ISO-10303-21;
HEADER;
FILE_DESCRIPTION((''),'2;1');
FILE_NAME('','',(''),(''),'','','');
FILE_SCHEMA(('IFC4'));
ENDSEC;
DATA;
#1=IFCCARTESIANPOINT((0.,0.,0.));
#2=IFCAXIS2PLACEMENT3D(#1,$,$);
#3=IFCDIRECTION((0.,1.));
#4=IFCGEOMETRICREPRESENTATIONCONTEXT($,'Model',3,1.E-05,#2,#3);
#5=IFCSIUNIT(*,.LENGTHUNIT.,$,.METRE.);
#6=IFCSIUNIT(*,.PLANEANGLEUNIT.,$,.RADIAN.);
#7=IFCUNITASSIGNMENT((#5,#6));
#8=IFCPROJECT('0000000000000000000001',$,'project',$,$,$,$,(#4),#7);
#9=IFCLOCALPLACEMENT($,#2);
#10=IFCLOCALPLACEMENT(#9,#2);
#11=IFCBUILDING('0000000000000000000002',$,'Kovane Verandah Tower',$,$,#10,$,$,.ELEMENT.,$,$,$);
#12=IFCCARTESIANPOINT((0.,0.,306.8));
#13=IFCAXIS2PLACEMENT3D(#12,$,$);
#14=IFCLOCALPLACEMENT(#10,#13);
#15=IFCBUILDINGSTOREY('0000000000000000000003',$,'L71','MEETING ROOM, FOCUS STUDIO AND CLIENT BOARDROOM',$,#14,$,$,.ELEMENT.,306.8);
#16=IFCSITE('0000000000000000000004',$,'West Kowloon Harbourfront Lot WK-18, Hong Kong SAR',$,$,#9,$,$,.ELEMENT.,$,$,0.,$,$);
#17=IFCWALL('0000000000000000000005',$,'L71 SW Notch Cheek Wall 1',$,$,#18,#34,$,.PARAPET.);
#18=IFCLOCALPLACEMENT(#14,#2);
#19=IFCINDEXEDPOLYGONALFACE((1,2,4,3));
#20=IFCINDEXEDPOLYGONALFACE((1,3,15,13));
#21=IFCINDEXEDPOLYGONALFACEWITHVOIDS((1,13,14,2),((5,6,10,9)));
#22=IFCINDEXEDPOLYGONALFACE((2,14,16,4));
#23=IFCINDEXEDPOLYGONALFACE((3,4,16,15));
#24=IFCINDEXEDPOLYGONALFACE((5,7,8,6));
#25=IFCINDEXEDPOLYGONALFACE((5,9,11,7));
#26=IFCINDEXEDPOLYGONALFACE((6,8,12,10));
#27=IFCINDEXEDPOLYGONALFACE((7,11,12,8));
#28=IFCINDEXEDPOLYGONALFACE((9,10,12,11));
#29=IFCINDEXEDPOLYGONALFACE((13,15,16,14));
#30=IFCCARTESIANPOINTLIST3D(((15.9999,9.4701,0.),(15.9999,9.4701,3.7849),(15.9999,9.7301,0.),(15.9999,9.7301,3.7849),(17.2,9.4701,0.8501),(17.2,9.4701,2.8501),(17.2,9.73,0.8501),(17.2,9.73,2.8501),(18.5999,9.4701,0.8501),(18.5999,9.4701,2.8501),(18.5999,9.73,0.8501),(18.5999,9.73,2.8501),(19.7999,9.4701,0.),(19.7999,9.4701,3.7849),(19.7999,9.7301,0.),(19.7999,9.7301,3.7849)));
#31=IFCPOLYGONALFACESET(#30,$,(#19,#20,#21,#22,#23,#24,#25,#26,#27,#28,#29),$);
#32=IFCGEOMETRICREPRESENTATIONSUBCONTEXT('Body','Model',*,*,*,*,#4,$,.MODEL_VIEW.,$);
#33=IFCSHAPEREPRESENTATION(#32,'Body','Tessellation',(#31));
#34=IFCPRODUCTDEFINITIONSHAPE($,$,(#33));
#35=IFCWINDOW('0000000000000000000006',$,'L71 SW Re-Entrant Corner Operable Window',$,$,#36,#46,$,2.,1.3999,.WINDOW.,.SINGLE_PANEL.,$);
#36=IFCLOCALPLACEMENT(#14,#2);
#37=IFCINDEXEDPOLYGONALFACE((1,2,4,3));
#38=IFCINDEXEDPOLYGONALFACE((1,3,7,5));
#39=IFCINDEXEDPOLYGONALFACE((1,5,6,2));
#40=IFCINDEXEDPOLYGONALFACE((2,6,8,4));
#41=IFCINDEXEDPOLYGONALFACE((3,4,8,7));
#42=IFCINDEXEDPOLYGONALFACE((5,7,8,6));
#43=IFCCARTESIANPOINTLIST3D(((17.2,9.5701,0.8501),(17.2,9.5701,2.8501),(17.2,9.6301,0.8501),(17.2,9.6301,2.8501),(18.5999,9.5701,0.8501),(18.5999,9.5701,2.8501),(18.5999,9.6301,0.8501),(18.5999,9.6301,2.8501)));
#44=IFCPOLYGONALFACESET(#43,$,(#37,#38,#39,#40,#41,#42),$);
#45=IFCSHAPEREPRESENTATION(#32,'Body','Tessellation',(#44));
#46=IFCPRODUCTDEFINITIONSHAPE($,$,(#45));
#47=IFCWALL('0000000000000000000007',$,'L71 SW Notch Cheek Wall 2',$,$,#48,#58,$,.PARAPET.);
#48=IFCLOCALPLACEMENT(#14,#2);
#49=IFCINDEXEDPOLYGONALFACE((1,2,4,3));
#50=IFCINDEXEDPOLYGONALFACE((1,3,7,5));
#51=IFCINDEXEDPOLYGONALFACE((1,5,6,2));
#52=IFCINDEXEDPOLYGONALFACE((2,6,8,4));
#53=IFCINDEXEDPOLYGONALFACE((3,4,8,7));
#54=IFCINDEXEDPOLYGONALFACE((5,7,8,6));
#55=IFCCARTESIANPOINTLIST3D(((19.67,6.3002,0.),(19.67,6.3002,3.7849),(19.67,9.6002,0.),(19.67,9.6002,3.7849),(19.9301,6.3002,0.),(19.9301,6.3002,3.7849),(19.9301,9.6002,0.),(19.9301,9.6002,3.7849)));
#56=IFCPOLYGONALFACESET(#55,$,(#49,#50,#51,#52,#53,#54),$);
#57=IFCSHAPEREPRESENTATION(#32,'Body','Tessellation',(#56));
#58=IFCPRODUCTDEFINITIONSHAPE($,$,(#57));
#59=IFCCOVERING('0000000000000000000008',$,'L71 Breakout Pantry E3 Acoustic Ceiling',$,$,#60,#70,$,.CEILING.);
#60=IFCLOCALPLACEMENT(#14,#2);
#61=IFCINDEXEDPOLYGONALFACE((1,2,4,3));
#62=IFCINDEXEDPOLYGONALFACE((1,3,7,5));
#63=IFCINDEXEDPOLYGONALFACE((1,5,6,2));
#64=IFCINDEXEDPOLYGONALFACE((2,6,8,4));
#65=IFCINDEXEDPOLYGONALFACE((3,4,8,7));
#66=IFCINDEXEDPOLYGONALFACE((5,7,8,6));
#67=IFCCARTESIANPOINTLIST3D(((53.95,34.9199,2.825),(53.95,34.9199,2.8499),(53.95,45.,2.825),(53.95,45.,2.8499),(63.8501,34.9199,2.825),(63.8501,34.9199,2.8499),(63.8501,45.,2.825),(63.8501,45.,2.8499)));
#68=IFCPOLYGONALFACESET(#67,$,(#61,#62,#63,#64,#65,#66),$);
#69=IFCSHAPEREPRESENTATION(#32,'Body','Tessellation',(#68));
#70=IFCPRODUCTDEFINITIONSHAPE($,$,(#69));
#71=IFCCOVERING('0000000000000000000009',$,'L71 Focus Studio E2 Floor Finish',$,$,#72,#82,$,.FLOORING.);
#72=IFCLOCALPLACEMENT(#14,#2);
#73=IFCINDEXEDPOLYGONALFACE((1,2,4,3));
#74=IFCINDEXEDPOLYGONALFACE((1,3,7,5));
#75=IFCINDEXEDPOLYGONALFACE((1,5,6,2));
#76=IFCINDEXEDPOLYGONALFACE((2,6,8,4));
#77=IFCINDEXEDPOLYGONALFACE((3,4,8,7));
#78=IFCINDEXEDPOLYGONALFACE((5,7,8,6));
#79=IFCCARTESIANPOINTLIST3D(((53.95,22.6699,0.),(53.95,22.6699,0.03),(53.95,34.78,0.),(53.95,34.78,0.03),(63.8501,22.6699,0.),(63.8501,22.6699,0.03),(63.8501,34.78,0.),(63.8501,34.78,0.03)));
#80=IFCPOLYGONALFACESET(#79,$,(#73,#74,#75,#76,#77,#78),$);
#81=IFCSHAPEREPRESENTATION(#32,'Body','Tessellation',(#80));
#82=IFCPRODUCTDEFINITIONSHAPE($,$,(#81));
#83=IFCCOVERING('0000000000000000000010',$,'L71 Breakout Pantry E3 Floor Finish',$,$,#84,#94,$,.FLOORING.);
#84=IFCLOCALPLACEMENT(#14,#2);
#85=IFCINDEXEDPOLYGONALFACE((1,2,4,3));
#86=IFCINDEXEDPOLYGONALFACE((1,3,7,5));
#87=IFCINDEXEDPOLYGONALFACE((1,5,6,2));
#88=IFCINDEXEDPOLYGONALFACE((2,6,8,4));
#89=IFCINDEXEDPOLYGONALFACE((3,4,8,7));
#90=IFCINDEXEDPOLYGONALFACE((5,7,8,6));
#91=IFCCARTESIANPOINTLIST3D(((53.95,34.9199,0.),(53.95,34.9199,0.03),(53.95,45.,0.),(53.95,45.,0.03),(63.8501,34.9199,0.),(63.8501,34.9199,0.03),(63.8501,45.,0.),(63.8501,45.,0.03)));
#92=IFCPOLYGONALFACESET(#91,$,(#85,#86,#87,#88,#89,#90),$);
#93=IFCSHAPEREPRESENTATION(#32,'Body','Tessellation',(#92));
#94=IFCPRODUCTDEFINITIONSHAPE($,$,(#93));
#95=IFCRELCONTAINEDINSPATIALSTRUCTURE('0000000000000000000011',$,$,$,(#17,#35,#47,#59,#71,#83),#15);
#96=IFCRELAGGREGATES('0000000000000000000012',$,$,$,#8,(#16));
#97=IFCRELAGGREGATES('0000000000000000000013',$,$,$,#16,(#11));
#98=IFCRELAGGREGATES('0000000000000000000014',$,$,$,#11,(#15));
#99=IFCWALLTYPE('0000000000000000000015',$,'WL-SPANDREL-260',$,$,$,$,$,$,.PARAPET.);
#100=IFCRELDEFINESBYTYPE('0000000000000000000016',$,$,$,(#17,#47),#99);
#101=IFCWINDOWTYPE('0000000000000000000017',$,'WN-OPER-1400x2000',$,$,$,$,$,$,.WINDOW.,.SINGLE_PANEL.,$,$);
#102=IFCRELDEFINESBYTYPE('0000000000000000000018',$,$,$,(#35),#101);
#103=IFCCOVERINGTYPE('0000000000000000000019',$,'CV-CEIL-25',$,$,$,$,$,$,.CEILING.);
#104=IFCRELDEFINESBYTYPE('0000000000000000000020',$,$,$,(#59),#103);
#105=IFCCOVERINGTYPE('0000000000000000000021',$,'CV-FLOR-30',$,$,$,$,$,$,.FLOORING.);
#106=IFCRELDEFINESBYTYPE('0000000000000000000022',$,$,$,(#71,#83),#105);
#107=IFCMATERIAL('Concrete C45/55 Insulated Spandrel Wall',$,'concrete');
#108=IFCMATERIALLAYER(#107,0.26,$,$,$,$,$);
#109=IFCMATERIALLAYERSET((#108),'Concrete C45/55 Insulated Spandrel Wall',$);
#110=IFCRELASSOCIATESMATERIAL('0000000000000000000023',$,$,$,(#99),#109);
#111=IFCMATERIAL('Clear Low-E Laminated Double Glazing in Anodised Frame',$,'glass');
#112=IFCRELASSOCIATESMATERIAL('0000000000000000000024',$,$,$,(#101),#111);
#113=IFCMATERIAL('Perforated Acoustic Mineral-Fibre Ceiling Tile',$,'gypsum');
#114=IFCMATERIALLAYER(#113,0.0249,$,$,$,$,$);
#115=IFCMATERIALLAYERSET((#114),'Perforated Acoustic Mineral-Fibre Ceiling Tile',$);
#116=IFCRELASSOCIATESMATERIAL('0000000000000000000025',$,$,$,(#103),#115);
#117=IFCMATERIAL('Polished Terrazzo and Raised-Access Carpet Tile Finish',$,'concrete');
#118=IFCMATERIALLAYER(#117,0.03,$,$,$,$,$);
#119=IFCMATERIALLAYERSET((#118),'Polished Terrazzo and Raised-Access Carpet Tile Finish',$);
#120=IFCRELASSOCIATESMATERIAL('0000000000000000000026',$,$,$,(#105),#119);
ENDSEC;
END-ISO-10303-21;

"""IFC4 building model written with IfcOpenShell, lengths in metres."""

from ifc_helpers import new_model, si_unit, direction, frame, frame_2d, origin, place, context, subcontext, project, spatial, polyline, rectangle, outline, extrude, material, layer, layer_set, type_object, element, fill, save


model = new_model("IFC4")

# Units and contexts
model_context = context("Model", 3, precision=1e-05, world=origin(), true_north=direction((0.0, 1.0)))
body_context = subcontext(model_context, "Body", "Model", "MODEL_VIEW")
ifc_project = project(units=[si_unit("LENGTHUNIT", "METRE"), si_unit("PLANEANGLEUNIT", "RADIAN")], contexts=[model_context])

# Site, building, storey
site_placement = place(None, origin())
site = spatial("IfcSite", under=ifc_project, at=site_placement, Name="West Kowloon Harbourfront Lot WK-18, Hong Kong SAR", CompositionType="ELEMENT", RefElevation=0.0)
building_placement = place(site_placement, origin())
building = spatial("IfcBuilding", under=site, at=building_placement, Name="Kovane Verandah Tower", CompositionType="ELEMENT")
storey_placement = place(building_placement, frame((0.0, 0.0, 306.8)))
storey = spatial("IfcBuildingStorey", under=building, at=storey_placement, Name="L71", Description="MEETING ROOM, FOCUS STUDIO AND CLIENT BOARDROOM", CompositionType="ELEMENT", Elevation=306.8)

# Shared definitions
ifc_material_1 = material(Name="Concrete C45/55 Insulated Spandrel Wall", Category="concrete")
ifc_layer_1 = layer(ifc_material_1, 0.26)
ifc_layer_set_1 = layer_set([ifc_layer_1], Name="Concrete C45/55 Insulated Spandrel Wall")
wall_type_1 = type_object("IfcWallType", Name="WL-SPANDREL-260", PredefinedType="PARAPET", material=ifc_layer_set_1)
ifc_material_2 = material(Name="Clear Low-E Laminated Double Glazing in Anodised Frame", Category="glass")

# Wall, opening, window
wall_1_placement = place(storey_placement, frame((16.0, 9.6001, 0.0), z_axis=(0.0, 0.0, 1.0), x_axis=(1.0, 0.0, 0.0)))
wall_1 = element("IfcWall", 1, at=wall_1_placement, inside=storey, type_object=wall_type_1, Name="L71 SW Notch Cheek Wall 1", PredefinedType="PARAPET", context=body_context, shape_type="SweptSolid", body=[
    extrude(rectangle(XDim=3.8, YDim=0.26, at=frame_2d((1.8999, 0.0))), origin(), (0.0, 0.0, 1.0), 3.7849),
])
opening_1_placement = place(wall_1_placement, frame((1.2, 0.0, 0.8501)))
opening_1 = element("IfcOpeningElement", 2, at=opening_1_placement, cuts=wall_1, PredefinedType="OPENING", context=body_context, shape_type="SweptSolid", body=[
    extrude(rectangle(XDim=1.3999, YDim=2.0, at=frame_2d((0.7, 1.0))), frame((0.0, 0.1299, 0.0), z_axis=(0.0, -1.0, 0.0), x_axis=(1.0, 0.0, 0.0)), (0.0, 0.0, 1.0), 0.26),
])
window_type_1 = type_object("IfcWindowType", Name="WN-OPER-1400x2000", PartitioningType="SINGLE_PANEL", PredefinedType="WINDOW", material=ifc_material_2)
window_1_placement = place(opening_1_placement, origin())
window_1 = element("IfcWindow", 3, at=window_1_placement, inside=storey, type_object=window_type_1, Name="L71 SW Re-Entrant Corner Operable Window", OverallHeight=2.0, OverallWidth=1.3999, PartitioningType="SINGLE_PANEL", PredefinedType="WINDOW", context=body_context, shape_type="SweptSolid", body=[
    extrude(rectangle(XDim=1.3999, YDim=2.0, at=frame_2d((0.7, 1.0))), frame((0.0, 0.03, 0.0), z_axis=(0.0, -1.0, 0.0), x_axis=(1.0, 0.0, 0.0)), (0.0, 0.0, 1.0), 0.0601),
])
fill(opening_1, window_1)

# Wall
wall_2_placement = place(storey_placement, frame((19.8, 9.6001, 0.0), z_axis=(0.0, 0.0, 1.0), x_axis=(0.0, -1.0, 0.0)))
element("IfcWall", 4, at=wall_2_placement, inside=storey, type_object=wall_type_1, Name="L71 SW Notch Cheek Wall 2", PredefinedType="PARAPET", context=body_context, shape_type="SweptSolid", body=[
    extrude(rectangle(XDim=3.3, YDim=0.26, at=frame_2d((1.6499, 0.0))), origin(), (0.0, 0.0, 1.0), 3.7849),
])

# Coverings
ifc_material_3 = material(Name="Perforated Acoustic Mineral-Fibre Ceiling Tile", Category="gypsum")
ifc_layer_2 = layer(ifc_material_3, 0.0249)
ifc_layer_set_2 = layer_set([ifc_layer_2], Name="Perforated Acoustic Mineral-Fibre Ceiling Tile")
covering_type_1 = type_object("IfcCoveringType", Name="CV-CEIL-25", PredefinedType="CEILING", material=ifc_layer_set_2)
covering_1_placement = place(storey_placement, frame((0.0, 0.0, 2.825)))
element("IfcCovering", 5, at=covering_1_placement, inside=storey, type_object=covering_type_1, Name="L71 Breakout Pantry E3 Acoustic Ceiling", PredefinedType="CEILING", context=body_context, shape_type="SweptSolid", body=[
    extrude(outline(polyline([(53.95, 34.9199), (63.8501, 34.9199), (63.8501, 45.0), (53.95, 45.0), (53.95, 34.9199)])), origin(), (0.0, 0.0, 1.0), 0.0249),
])
ifc_material_4 = material(Name="Polished Terrazzo and Raised-Access Carpet Tile Finish", Category="concrete")
ifc_layer_3 = layer(ifc_material_4, 0.03)
ifc_layer_set_3 = layer_set([ifc_layer_3], Name="Polished Terrazzo and Raised-Access Carpet Tile Finish")
covering_type_2 = type_object("IfcCoveringType", Name="CV-FLOR-30", PredefinedType="FLOORING", material=ifc_layer_set_3)
covering_2_placement = place(storey_placement, origin())
element("IfcCovering", 6, at=covering_2_placement, inside=storey, type_object=covering_type_2, Name="L71 Focus Studio E2 Floor Finish", PredefinedType="FLOORING", context=body_context, shape_type="SweptSolid", body=[
    extrude(outline(polyline([(53.95, 22.6699), (63.8501, 22.6699), (63.8501, 34.78), (53.95, 34.78), (53.95, 22.6699)])), origin(), (0.0, 0.0, 1.0), 0.03),
])
covering_3_placement = place(storey_placement, origin())
element("IfcCovering", 7, at=covering_3_placement, inside=storey, type_object=covering_type_2, Name="L71 Breakout Pantry E3 Floor Finish", PredefinedType="FLOORING", context=body_context, shape_type="SweptSolid", body=[
    extrude(outline(polyline([(53.95, 34.9199), (63.8501, 34.9199), (63.8501, 45.0), (53.95, 45.0), (53.95, 34.9199)])), origin(), (0.0, 0.0, 1.0), 0.03),
])

save(model, "model.ifc")
